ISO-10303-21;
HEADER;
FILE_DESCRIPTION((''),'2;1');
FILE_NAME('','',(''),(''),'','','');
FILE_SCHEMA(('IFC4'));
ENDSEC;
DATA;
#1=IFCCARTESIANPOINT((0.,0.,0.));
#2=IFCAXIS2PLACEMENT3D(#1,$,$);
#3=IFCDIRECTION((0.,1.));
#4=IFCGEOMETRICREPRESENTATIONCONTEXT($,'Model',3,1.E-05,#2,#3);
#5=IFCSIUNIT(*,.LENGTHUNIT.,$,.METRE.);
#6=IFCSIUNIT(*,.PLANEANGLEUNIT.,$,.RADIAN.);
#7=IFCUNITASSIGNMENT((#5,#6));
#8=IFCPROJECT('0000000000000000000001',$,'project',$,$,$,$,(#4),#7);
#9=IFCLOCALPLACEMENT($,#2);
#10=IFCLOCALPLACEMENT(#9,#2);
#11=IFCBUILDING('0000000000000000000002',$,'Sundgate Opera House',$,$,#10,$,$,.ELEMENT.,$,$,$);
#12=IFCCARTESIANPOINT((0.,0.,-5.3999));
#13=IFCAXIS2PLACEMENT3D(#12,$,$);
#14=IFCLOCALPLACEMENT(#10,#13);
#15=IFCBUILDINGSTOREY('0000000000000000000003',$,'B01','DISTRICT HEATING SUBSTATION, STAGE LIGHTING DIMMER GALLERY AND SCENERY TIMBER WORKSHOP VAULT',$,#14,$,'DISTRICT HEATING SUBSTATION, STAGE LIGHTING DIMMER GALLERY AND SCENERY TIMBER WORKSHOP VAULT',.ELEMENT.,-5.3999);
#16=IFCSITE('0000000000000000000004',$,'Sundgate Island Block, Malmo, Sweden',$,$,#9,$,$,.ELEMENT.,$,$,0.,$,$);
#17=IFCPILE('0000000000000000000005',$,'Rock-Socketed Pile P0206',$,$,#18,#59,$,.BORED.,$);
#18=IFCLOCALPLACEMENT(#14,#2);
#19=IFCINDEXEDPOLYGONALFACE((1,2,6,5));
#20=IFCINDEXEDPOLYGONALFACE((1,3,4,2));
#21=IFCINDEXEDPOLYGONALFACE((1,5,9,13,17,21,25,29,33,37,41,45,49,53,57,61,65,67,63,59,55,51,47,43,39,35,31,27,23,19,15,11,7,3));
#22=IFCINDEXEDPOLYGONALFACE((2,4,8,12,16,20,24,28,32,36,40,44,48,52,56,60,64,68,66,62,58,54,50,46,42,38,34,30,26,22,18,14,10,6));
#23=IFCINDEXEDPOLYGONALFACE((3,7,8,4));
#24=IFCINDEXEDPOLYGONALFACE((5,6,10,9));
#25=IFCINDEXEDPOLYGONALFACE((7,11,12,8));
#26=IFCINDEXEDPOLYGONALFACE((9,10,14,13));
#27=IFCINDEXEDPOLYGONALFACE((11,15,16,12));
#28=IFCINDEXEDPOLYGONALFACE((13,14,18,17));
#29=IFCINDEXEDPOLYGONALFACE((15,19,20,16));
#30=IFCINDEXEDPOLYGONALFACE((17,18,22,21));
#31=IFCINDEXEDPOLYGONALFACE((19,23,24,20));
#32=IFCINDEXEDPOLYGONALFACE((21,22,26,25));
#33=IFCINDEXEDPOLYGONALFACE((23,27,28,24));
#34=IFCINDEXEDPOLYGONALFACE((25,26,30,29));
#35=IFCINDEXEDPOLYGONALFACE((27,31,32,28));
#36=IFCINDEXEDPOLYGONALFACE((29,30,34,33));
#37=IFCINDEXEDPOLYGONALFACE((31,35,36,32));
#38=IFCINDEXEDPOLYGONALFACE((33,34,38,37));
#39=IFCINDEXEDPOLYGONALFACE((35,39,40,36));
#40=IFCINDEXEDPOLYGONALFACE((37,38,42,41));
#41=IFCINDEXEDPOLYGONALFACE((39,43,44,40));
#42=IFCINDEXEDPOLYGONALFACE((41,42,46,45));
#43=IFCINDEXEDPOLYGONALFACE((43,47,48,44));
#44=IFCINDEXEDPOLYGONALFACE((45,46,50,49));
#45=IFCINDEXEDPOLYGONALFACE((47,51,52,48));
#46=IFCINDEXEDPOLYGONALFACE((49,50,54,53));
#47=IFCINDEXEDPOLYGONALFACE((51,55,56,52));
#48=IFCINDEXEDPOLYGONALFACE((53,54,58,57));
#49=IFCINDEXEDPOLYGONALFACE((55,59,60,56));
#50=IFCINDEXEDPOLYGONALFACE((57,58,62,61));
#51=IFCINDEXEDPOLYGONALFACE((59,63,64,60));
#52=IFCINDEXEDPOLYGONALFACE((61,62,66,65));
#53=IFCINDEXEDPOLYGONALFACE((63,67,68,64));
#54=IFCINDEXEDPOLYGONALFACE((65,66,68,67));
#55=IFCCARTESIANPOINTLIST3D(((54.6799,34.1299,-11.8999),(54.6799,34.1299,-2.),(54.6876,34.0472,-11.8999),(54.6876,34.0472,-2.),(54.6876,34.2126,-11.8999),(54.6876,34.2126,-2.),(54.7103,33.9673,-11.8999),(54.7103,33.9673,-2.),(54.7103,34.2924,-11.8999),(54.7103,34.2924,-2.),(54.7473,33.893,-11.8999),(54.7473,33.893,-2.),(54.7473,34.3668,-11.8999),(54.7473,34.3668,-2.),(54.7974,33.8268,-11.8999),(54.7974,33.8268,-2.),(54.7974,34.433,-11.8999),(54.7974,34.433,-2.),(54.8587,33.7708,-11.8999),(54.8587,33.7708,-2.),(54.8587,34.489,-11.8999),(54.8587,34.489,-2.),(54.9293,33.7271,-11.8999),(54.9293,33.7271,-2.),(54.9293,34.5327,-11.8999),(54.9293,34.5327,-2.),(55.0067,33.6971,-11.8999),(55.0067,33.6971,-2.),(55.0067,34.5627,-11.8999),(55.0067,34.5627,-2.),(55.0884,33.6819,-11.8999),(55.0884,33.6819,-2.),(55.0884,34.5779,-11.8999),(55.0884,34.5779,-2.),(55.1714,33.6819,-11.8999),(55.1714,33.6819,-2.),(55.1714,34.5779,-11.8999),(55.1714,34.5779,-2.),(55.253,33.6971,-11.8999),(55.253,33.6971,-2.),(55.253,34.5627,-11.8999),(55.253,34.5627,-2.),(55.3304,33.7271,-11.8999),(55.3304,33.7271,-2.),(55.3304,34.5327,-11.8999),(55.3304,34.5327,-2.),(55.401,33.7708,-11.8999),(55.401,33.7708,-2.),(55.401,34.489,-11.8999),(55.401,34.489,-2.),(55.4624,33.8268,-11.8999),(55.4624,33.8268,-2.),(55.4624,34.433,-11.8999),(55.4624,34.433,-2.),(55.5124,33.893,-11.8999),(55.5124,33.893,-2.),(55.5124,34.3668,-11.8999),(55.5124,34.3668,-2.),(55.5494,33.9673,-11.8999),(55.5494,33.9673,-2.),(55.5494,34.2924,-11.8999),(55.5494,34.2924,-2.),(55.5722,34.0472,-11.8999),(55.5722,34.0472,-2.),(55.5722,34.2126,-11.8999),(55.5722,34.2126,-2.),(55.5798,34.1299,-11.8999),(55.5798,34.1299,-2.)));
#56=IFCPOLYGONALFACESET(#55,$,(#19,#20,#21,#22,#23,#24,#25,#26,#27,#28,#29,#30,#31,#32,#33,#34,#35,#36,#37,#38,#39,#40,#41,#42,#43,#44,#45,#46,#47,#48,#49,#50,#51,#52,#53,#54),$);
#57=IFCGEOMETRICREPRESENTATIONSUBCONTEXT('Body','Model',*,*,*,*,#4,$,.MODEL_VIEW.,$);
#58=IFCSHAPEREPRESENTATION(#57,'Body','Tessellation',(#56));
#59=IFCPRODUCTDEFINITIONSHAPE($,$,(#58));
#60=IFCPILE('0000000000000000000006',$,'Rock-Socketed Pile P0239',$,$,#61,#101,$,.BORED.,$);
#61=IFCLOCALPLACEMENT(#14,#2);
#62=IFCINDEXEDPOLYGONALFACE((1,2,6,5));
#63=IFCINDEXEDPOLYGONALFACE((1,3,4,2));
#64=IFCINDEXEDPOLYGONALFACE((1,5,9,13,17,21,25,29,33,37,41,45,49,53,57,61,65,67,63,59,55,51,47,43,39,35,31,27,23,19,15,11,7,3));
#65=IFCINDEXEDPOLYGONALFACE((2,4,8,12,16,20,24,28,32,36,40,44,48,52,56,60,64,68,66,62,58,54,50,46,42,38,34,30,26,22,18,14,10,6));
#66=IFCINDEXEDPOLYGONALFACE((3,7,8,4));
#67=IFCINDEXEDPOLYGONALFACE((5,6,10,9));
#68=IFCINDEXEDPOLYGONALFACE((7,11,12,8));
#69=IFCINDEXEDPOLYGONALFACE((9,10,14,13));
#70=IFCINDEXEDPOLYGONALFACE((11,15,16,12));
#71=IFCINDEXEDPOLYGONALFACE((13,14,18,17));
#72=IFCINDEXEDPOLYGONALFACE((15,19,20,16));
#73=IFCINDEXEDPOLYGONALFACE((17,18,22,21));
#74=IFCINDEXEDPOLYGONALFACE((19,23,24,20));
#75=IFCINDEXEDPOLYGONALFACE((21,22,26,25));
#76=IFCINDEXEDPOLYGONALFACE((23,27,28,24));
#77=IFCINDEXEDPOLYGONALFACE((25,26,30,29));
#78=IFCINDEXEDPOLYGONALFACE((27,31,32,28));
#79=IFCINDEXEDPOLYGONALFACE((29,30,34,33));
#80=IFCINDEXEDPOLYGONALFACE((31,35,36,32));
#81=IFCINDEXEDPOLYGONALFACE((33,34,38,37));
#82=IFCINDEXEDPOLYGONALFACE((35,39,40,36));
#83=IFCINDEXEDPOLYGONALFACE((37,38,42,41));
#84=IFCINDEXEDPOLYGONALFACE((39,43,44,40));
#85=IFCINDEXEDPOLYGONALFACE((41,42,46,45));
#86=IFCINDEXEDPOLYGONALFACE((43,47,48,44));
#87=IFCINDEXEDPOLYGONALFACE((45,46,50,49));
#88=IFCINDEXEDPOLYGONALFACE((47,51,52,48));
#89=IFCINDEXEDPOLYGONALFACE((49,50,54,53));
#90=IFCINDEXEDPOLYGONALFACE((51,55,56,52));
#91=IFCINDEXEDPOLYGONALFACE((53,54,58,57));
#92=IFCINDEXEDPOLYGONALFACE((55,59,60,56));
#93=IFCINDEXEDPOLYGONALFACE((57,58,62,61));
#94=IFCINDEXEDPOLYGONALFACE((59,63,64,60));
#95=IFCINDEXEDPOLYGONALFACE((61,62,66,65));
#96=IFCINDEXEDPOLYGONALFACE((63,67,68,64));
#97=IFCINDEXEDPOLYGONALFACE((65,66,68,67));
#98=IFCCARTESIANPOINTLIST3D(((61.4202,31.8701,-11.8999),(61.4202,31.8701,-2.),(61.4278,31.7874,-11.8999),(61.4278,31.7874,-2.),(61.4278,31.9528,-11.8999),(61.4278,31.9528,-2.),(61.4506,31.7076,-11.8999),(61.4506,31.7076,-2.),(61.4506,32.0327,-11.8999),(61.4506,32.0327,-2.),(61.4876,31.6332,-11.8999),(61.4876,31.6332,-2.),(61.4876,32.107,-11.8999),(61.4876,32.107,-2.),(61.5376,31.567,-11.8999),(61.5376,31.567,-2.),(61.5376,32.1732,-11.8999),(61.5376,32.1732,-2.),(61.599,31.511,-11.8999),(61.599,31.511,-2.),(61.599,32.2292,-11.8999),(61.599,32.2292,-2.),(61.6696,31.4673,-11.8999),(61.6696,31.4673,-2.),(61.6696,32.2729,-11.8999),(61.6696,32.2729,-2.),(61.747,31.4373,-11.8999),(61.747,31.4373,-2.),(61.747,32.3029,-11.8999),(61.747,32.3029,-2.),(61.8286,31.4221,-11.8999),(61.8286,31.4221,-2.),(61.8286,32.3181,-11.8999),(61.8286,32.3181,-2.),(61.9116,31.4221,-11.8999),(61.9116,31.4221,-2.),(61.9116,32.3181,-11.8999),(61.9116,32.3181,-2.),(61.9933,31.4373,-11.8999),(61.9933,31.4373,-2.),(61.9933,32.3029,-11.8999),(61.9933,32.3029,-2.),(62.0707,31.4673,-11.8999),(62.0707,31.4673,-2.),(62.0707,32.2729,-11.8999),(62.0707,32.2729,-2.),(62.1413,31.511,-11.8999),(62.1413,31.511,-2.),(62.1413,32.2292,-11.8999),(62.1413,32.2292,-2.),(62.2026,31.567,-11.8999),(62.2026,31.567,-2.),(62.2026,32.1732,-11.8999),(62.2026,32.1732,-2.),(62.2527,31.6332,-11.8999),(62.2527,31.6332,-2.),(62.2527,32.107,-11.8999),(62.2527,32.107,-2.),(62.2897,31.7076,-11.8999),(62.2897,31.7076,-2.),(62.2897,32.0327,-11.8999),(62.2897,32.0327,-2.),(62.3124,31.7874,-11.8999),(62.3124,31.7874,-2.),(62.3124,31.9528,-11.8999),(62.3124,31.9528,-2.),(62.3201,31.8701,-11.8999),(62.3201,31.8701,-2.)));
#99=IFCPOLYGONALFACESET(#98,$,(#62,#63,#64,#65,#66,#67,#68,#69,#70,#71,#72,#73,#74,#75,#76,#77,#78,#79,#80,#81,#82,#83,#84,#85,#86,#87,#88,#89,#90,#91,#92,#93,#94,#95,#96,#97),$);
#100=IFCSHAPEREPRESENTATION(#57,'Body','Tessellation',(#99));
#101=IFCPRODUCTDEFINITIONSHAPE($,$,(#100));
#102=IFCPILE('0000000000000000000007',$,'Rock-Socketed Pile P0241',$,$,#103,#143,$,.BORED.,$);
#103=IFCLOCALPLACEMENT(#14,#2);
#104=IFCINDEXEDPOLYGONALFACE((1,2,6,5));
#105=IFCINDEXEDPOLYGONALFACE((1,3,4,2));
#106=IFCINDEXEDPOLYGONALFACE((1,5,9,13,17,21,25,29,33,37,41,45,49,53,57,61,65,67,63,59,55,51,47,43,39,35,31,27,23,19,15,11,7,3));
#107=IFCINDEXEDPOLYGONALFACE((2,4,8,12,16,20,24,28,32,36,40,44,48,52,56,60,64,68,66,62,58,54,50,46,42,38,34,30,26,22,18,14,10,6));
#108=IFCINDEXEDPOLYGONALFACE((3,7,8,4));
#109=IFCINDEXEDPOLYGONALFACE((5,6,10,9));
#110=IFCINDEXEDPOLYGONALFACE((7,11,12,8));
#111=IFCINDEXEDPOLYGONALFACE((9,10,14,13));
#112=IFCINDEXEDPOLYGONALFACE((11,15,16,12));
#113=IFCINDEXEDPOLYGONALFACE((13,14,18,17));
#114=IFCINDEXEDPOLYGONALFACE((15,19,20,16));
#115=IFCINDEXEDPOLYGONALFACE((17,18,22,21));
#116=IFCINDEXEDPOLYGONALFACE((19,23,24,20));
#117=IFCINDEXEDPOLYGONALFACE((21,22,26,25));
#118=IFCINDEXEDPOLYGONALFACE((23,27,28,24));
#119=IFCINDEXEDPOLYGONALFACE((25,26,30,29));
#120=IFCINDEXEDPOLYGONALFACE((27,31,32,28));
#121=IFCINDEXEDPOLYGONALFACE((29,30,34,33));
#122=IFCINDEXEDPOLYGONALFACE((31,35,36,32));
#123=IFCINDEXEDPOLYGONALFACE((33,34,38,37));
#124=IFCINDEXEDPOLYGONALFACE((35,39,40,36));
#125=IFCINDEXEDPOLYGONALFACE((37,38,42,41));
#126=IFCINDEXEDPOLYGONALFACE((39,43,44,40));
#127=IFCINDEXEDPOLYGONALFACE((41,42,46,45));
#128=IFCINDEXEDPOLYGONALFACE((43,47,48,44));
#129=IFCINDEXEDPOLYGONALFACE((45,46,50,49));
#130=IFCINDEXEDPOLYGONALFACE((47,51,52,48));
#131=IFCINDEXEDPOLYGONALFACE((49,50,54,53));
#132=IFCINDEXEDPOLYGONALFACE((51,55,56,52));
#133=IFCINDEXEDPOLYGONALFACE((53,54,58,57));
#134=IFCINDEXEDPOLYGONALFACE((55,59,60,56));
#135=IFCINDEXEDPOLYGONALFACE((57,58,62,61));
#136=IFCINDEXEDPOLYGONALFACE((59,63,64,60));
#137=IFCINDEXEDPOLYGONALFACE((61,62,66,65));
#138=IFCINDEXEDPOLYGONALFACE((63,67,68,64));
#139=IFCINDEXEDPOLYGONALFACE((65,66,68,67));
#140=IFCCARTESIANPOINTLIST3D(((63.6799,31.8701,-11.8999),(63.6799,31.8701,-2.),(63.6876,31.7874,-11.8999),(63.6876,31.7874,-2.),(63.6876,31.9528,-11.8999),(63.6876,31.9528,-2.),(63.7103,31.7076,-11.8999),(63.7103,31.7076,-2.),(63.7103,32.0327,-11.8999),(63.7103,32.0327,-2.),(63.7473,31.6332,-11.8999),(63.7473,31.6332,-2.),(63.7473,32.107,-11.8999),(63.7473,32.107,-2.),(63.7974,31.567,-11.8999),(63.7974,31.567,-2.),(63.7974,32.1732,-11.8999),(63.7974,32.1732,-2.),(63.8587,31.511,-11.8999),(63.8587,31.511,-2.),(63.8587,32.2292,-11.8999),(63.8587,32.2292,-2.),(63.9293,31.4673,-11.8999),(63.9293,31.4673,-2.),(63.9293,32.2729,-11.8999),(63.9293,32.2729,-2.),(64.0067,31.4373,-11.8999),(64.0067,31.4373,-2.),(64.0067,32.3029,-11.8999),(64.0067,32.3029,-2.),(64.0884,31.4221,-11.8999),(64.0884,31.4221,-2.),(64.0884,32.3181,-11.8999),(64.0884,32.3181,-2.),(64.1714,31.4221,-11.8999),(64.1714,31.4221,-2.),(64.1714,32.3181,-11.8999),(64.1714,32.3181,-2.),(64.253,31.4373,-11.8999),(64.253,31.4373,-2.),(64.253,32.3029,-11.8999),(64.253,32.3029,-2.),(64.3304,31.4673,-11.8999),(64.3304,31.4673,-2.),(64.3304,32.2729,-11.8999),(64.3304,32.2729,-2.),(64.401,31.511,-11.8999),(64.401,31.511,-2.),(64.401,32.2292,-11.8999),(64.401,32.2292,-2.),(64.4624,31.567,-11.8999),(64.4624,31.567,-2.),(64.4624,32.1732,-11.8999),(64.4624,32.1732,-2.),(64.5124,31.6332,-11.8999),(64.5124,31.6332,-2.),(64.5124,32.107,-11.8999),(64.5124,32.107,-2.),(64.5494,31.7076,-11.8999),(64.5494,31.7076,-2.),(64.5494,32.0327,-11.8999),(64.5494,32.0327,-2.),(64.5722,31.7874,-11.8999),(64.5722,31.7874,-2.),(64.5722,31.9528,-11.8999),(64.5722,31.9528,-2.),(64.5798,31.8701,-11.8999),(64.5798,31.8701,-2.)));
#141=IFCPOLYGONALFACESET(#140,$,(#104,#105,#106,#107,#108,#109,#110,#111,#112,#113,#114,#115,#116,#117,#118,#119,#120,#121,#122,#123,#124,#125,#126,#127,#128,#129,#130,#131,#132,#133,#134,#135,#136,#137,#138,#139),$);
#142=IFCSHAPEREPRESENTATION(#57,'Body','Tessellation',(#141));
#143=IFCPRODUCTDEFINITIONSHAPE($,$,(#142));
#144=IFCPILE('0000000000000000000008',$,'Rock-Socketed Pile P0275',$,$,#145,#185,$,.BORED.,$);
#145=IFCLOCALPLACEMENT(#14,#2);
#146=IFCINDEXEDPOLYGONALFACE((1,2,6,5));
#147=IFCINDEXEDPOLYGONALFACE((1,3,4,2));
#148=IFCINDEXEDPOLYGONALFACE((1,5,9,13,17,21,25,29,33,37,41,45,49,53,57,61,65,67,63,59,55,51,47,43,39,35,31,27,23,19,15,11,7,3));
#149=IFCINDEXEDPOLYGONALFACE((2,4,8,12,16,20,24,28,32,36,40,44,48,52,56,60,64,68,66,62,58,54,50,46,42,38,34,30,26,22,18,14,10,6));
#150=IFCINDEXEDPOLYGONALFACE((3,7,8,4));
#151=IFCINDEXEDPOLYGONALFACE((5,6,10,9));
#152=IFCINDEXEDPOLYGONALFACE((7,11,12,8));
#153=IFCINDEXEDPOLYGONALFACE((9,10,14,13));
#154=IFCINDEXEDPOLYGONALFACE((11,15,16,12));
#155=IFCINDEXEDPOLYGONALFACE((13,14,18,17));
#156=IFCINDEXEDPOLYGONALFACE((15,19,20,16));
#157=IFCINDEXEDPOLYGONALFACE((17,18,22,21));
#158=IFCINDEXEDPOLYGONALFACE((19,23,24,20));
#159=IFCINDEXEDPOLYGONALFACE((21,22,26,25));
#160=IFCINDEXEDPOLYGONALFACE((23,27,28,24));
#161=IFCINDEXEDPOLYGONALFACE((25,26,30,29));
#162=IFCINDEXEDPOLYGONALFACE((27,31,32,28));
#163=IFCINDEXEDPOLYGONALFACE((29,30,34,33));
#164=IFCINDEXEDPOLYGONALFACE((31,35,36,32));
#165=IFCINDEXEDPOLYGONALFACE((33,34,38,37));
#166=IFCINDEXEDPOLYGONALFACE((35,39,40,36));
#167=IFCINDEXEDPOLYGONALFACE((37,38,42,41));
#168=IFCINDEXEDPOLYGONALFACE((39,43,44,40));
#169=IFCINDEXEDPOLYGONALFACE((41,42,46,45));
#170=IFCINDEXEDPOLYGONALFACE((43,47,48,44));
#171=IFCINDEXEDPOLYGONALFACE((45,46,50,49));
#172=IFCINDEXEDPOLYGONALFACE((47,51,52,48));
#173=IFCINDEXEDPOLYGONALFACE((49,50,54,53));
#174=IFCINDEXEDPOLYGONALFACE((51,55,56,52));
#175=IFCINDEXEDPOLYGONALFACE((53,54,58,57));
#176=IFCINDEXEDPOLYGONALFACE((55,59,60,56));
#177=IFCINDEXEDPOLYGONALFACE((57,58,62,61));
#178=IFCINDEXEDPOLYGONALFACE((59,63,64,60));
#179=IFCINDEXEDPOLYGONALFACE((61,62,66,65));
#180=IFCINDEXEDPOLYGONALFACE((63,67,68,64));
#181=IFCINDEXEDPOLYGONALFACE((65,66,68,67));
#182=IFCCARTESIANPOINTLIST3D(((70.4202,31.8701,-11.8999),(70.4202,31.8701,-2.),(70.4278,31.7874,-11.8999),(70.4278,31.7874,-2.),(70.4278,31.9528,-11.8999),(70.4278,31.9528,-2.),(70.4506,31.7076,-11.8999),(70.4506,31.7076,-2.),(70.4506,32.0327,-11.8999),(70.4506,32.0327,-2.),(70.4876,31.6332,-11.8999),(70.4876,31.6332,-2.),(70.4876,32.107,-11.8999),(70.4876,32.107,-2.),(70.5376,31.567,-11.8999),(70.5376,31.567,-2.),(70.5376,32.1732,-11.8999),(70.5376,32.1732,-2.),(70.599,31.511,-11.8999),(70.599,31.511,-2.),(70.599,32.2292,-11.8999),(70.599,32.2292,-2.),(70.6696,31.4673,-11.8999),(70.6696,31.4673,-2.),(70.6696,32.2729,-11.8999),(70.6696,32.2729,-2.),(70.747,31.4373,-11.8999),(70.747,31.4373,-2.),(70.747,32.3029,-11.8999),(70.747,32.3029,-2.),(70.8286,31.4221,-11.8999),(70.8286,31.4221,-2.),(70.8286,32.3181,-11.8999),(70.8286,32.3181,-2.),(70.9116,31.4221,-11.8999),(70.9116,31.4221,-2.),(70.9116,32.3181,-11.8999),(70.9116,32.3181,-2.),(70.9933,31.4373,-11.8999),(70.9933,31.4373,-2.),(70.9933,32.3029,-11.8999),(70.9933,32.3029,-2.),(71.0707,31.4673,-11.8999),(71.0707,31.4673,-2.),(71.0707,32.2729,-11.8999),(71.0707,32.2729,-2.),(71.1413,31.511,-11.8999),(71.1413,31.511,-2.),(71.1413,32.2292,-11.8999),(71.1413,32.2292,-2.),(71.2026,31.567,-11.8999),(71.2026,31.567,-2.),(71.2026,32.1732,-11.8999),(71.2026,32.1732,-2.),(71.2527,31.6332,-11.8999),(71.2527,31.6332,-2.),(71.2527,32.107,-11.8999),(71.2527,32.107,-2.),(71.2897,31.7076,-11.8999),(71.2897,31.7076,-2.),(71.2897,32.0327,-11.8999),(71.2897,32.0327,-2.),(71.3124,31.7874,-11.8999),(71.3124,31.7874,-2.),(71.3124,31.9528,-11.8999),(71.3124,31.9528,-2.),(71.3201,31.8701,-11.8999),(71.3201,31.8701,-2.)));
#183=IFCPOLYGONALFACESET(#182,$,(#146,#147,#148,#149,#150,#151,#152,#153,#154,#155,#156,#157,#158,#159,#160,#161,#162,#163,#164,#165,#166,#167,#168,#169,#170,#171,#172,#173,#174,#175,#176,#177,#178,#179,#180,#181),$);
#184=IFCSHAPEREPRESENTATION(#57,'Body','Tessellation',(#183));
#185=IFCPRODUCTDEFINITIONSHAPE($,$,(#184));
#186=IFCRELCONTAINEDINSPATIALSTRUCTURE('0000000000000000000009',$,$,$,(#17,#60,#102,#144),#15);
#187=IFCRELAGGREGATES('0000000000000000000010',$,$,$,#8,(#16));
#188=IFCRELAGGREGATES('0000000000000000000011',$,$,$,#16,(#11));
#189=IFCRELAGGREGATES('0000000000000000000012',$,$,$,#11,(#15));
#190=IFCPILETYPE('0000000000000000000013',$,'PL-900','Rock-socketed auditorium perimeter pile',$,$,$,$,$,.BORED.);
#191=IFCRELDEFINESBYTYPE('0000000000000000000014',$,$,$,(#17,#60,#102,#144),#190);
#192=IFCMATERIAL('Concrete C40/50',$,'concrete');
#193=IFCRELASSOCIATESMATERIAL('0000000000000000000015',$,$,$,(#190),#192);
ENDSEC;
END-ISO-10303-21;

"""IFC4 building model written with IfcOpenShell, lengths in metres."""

from ifc_helpers import new_model, si_unit, direction, frame, origin, origin_2d, place, context, subcontext, project, spatial, circle, extrude, material, material_profile, profile_set, type_object, element, save


model = new_model("IFC4")

# Units and contexts
model_context = context("Model", 3, precision=1e-05, world=origin(), true_north=direction((0.0, 1.0)))
body_context = subcontext(model_context, "Body", "Model", "MODEL_VIEW")
ifc_project = project(units=[si_unit("LENGTHUNIT", "METRE"), si_unit("PLANEANGLEUNIT", "RADIAN")], contexts=[model_context])

# Site, building, storey
site_placement = place(None, origin())
site = spatial("IfcSite", under=ifc_project, at=site_placement, Name="Sundgate Island Block, Malmo, Sweden", CompositionType="ELEMENT", RefElevation=0.0)
building_placement = place(site_placement, origin())
building = spatial("IfcBuilding", under=site, at=building_placement, Name="Sundgate Opera House", CompositionType="ELEMENT")
storey_placement = place(building_placement, frame((0.0, 0.0, -5.3999)))
storey = spatial("IfcBuildingStorey", under=building, at=storey_placement, Name="B01", Description="DISTRICT HEATING SUBSTATION, STAGE LIGHTING DIMMER GALLERY AND SCENERY TIMBER WORKSHOP VAULT", LongName="DISTRICT HEATING SUBSTATION, STAGE LIGHTING DIMMER GALLERY AND SCENERY TIMBER WORKSHOP VAULT", CompositionType="ELEMENT", Elevation=-5.3999)

# Piles
ifc_material_1 = material(Name="Concrete C40/50", Category="concrete")
ifc_material_profile_1 = material_profile(ifc_material_1, circle(Radius=0.45, at=origin_2d()), Name="PILE D900")
ifc_profile_set_1 = profile_set([ifc_material_profile_1], Name="Concrete C40/50")
pile_type_1 = type_object("IfcPileType", Name="PL-900", Description="Rock-socketed auditorium perimeter pile", PredefinedType="BORED", material=ifc_profile_set_1)
for number, where, z_axis, x_axis, name in (
    (1, (55.1299, 34.1299, -2.0), (0.0, 0.0, -1.0), (1.0, 0.0, 0.0), "Rock-Socketed Pile P0206"),
    (2, (61.8701, 31.8701, -2.0), (0.0, 0.0, -1.0), (1.0, 0.0, 0.0), "Rock-Socketed Pile P0239"),
    (3, (64.1299, 31.8701, -2.0), (0.0, 0.0, -1.0), (1.0, 0.0, 0.0), "Rock-Socketed Pile P0241"),
    (4, (70.8701, 31.8701, -2.0), (0.0, 0.0, -1.0), (1.0, 0.0, 0.0), "Rock-Socketed Pile P0275"),
):
    element("IfcPile", number, at=place(storey_placement, frame(where, z_axis=z_axis, x_axis=x_axis)), inside=storey, type_object=pile_type_1, Name=name, PredefinedType="BORED", context=body_context, shape_type="SweptSolid", body=[
        extrude(circle(Radius=0.45, at=origin_2d()), origin(), (0.0, 0.0, 1.0), 9.8999),
    ])

save(model, "model.ifc")
